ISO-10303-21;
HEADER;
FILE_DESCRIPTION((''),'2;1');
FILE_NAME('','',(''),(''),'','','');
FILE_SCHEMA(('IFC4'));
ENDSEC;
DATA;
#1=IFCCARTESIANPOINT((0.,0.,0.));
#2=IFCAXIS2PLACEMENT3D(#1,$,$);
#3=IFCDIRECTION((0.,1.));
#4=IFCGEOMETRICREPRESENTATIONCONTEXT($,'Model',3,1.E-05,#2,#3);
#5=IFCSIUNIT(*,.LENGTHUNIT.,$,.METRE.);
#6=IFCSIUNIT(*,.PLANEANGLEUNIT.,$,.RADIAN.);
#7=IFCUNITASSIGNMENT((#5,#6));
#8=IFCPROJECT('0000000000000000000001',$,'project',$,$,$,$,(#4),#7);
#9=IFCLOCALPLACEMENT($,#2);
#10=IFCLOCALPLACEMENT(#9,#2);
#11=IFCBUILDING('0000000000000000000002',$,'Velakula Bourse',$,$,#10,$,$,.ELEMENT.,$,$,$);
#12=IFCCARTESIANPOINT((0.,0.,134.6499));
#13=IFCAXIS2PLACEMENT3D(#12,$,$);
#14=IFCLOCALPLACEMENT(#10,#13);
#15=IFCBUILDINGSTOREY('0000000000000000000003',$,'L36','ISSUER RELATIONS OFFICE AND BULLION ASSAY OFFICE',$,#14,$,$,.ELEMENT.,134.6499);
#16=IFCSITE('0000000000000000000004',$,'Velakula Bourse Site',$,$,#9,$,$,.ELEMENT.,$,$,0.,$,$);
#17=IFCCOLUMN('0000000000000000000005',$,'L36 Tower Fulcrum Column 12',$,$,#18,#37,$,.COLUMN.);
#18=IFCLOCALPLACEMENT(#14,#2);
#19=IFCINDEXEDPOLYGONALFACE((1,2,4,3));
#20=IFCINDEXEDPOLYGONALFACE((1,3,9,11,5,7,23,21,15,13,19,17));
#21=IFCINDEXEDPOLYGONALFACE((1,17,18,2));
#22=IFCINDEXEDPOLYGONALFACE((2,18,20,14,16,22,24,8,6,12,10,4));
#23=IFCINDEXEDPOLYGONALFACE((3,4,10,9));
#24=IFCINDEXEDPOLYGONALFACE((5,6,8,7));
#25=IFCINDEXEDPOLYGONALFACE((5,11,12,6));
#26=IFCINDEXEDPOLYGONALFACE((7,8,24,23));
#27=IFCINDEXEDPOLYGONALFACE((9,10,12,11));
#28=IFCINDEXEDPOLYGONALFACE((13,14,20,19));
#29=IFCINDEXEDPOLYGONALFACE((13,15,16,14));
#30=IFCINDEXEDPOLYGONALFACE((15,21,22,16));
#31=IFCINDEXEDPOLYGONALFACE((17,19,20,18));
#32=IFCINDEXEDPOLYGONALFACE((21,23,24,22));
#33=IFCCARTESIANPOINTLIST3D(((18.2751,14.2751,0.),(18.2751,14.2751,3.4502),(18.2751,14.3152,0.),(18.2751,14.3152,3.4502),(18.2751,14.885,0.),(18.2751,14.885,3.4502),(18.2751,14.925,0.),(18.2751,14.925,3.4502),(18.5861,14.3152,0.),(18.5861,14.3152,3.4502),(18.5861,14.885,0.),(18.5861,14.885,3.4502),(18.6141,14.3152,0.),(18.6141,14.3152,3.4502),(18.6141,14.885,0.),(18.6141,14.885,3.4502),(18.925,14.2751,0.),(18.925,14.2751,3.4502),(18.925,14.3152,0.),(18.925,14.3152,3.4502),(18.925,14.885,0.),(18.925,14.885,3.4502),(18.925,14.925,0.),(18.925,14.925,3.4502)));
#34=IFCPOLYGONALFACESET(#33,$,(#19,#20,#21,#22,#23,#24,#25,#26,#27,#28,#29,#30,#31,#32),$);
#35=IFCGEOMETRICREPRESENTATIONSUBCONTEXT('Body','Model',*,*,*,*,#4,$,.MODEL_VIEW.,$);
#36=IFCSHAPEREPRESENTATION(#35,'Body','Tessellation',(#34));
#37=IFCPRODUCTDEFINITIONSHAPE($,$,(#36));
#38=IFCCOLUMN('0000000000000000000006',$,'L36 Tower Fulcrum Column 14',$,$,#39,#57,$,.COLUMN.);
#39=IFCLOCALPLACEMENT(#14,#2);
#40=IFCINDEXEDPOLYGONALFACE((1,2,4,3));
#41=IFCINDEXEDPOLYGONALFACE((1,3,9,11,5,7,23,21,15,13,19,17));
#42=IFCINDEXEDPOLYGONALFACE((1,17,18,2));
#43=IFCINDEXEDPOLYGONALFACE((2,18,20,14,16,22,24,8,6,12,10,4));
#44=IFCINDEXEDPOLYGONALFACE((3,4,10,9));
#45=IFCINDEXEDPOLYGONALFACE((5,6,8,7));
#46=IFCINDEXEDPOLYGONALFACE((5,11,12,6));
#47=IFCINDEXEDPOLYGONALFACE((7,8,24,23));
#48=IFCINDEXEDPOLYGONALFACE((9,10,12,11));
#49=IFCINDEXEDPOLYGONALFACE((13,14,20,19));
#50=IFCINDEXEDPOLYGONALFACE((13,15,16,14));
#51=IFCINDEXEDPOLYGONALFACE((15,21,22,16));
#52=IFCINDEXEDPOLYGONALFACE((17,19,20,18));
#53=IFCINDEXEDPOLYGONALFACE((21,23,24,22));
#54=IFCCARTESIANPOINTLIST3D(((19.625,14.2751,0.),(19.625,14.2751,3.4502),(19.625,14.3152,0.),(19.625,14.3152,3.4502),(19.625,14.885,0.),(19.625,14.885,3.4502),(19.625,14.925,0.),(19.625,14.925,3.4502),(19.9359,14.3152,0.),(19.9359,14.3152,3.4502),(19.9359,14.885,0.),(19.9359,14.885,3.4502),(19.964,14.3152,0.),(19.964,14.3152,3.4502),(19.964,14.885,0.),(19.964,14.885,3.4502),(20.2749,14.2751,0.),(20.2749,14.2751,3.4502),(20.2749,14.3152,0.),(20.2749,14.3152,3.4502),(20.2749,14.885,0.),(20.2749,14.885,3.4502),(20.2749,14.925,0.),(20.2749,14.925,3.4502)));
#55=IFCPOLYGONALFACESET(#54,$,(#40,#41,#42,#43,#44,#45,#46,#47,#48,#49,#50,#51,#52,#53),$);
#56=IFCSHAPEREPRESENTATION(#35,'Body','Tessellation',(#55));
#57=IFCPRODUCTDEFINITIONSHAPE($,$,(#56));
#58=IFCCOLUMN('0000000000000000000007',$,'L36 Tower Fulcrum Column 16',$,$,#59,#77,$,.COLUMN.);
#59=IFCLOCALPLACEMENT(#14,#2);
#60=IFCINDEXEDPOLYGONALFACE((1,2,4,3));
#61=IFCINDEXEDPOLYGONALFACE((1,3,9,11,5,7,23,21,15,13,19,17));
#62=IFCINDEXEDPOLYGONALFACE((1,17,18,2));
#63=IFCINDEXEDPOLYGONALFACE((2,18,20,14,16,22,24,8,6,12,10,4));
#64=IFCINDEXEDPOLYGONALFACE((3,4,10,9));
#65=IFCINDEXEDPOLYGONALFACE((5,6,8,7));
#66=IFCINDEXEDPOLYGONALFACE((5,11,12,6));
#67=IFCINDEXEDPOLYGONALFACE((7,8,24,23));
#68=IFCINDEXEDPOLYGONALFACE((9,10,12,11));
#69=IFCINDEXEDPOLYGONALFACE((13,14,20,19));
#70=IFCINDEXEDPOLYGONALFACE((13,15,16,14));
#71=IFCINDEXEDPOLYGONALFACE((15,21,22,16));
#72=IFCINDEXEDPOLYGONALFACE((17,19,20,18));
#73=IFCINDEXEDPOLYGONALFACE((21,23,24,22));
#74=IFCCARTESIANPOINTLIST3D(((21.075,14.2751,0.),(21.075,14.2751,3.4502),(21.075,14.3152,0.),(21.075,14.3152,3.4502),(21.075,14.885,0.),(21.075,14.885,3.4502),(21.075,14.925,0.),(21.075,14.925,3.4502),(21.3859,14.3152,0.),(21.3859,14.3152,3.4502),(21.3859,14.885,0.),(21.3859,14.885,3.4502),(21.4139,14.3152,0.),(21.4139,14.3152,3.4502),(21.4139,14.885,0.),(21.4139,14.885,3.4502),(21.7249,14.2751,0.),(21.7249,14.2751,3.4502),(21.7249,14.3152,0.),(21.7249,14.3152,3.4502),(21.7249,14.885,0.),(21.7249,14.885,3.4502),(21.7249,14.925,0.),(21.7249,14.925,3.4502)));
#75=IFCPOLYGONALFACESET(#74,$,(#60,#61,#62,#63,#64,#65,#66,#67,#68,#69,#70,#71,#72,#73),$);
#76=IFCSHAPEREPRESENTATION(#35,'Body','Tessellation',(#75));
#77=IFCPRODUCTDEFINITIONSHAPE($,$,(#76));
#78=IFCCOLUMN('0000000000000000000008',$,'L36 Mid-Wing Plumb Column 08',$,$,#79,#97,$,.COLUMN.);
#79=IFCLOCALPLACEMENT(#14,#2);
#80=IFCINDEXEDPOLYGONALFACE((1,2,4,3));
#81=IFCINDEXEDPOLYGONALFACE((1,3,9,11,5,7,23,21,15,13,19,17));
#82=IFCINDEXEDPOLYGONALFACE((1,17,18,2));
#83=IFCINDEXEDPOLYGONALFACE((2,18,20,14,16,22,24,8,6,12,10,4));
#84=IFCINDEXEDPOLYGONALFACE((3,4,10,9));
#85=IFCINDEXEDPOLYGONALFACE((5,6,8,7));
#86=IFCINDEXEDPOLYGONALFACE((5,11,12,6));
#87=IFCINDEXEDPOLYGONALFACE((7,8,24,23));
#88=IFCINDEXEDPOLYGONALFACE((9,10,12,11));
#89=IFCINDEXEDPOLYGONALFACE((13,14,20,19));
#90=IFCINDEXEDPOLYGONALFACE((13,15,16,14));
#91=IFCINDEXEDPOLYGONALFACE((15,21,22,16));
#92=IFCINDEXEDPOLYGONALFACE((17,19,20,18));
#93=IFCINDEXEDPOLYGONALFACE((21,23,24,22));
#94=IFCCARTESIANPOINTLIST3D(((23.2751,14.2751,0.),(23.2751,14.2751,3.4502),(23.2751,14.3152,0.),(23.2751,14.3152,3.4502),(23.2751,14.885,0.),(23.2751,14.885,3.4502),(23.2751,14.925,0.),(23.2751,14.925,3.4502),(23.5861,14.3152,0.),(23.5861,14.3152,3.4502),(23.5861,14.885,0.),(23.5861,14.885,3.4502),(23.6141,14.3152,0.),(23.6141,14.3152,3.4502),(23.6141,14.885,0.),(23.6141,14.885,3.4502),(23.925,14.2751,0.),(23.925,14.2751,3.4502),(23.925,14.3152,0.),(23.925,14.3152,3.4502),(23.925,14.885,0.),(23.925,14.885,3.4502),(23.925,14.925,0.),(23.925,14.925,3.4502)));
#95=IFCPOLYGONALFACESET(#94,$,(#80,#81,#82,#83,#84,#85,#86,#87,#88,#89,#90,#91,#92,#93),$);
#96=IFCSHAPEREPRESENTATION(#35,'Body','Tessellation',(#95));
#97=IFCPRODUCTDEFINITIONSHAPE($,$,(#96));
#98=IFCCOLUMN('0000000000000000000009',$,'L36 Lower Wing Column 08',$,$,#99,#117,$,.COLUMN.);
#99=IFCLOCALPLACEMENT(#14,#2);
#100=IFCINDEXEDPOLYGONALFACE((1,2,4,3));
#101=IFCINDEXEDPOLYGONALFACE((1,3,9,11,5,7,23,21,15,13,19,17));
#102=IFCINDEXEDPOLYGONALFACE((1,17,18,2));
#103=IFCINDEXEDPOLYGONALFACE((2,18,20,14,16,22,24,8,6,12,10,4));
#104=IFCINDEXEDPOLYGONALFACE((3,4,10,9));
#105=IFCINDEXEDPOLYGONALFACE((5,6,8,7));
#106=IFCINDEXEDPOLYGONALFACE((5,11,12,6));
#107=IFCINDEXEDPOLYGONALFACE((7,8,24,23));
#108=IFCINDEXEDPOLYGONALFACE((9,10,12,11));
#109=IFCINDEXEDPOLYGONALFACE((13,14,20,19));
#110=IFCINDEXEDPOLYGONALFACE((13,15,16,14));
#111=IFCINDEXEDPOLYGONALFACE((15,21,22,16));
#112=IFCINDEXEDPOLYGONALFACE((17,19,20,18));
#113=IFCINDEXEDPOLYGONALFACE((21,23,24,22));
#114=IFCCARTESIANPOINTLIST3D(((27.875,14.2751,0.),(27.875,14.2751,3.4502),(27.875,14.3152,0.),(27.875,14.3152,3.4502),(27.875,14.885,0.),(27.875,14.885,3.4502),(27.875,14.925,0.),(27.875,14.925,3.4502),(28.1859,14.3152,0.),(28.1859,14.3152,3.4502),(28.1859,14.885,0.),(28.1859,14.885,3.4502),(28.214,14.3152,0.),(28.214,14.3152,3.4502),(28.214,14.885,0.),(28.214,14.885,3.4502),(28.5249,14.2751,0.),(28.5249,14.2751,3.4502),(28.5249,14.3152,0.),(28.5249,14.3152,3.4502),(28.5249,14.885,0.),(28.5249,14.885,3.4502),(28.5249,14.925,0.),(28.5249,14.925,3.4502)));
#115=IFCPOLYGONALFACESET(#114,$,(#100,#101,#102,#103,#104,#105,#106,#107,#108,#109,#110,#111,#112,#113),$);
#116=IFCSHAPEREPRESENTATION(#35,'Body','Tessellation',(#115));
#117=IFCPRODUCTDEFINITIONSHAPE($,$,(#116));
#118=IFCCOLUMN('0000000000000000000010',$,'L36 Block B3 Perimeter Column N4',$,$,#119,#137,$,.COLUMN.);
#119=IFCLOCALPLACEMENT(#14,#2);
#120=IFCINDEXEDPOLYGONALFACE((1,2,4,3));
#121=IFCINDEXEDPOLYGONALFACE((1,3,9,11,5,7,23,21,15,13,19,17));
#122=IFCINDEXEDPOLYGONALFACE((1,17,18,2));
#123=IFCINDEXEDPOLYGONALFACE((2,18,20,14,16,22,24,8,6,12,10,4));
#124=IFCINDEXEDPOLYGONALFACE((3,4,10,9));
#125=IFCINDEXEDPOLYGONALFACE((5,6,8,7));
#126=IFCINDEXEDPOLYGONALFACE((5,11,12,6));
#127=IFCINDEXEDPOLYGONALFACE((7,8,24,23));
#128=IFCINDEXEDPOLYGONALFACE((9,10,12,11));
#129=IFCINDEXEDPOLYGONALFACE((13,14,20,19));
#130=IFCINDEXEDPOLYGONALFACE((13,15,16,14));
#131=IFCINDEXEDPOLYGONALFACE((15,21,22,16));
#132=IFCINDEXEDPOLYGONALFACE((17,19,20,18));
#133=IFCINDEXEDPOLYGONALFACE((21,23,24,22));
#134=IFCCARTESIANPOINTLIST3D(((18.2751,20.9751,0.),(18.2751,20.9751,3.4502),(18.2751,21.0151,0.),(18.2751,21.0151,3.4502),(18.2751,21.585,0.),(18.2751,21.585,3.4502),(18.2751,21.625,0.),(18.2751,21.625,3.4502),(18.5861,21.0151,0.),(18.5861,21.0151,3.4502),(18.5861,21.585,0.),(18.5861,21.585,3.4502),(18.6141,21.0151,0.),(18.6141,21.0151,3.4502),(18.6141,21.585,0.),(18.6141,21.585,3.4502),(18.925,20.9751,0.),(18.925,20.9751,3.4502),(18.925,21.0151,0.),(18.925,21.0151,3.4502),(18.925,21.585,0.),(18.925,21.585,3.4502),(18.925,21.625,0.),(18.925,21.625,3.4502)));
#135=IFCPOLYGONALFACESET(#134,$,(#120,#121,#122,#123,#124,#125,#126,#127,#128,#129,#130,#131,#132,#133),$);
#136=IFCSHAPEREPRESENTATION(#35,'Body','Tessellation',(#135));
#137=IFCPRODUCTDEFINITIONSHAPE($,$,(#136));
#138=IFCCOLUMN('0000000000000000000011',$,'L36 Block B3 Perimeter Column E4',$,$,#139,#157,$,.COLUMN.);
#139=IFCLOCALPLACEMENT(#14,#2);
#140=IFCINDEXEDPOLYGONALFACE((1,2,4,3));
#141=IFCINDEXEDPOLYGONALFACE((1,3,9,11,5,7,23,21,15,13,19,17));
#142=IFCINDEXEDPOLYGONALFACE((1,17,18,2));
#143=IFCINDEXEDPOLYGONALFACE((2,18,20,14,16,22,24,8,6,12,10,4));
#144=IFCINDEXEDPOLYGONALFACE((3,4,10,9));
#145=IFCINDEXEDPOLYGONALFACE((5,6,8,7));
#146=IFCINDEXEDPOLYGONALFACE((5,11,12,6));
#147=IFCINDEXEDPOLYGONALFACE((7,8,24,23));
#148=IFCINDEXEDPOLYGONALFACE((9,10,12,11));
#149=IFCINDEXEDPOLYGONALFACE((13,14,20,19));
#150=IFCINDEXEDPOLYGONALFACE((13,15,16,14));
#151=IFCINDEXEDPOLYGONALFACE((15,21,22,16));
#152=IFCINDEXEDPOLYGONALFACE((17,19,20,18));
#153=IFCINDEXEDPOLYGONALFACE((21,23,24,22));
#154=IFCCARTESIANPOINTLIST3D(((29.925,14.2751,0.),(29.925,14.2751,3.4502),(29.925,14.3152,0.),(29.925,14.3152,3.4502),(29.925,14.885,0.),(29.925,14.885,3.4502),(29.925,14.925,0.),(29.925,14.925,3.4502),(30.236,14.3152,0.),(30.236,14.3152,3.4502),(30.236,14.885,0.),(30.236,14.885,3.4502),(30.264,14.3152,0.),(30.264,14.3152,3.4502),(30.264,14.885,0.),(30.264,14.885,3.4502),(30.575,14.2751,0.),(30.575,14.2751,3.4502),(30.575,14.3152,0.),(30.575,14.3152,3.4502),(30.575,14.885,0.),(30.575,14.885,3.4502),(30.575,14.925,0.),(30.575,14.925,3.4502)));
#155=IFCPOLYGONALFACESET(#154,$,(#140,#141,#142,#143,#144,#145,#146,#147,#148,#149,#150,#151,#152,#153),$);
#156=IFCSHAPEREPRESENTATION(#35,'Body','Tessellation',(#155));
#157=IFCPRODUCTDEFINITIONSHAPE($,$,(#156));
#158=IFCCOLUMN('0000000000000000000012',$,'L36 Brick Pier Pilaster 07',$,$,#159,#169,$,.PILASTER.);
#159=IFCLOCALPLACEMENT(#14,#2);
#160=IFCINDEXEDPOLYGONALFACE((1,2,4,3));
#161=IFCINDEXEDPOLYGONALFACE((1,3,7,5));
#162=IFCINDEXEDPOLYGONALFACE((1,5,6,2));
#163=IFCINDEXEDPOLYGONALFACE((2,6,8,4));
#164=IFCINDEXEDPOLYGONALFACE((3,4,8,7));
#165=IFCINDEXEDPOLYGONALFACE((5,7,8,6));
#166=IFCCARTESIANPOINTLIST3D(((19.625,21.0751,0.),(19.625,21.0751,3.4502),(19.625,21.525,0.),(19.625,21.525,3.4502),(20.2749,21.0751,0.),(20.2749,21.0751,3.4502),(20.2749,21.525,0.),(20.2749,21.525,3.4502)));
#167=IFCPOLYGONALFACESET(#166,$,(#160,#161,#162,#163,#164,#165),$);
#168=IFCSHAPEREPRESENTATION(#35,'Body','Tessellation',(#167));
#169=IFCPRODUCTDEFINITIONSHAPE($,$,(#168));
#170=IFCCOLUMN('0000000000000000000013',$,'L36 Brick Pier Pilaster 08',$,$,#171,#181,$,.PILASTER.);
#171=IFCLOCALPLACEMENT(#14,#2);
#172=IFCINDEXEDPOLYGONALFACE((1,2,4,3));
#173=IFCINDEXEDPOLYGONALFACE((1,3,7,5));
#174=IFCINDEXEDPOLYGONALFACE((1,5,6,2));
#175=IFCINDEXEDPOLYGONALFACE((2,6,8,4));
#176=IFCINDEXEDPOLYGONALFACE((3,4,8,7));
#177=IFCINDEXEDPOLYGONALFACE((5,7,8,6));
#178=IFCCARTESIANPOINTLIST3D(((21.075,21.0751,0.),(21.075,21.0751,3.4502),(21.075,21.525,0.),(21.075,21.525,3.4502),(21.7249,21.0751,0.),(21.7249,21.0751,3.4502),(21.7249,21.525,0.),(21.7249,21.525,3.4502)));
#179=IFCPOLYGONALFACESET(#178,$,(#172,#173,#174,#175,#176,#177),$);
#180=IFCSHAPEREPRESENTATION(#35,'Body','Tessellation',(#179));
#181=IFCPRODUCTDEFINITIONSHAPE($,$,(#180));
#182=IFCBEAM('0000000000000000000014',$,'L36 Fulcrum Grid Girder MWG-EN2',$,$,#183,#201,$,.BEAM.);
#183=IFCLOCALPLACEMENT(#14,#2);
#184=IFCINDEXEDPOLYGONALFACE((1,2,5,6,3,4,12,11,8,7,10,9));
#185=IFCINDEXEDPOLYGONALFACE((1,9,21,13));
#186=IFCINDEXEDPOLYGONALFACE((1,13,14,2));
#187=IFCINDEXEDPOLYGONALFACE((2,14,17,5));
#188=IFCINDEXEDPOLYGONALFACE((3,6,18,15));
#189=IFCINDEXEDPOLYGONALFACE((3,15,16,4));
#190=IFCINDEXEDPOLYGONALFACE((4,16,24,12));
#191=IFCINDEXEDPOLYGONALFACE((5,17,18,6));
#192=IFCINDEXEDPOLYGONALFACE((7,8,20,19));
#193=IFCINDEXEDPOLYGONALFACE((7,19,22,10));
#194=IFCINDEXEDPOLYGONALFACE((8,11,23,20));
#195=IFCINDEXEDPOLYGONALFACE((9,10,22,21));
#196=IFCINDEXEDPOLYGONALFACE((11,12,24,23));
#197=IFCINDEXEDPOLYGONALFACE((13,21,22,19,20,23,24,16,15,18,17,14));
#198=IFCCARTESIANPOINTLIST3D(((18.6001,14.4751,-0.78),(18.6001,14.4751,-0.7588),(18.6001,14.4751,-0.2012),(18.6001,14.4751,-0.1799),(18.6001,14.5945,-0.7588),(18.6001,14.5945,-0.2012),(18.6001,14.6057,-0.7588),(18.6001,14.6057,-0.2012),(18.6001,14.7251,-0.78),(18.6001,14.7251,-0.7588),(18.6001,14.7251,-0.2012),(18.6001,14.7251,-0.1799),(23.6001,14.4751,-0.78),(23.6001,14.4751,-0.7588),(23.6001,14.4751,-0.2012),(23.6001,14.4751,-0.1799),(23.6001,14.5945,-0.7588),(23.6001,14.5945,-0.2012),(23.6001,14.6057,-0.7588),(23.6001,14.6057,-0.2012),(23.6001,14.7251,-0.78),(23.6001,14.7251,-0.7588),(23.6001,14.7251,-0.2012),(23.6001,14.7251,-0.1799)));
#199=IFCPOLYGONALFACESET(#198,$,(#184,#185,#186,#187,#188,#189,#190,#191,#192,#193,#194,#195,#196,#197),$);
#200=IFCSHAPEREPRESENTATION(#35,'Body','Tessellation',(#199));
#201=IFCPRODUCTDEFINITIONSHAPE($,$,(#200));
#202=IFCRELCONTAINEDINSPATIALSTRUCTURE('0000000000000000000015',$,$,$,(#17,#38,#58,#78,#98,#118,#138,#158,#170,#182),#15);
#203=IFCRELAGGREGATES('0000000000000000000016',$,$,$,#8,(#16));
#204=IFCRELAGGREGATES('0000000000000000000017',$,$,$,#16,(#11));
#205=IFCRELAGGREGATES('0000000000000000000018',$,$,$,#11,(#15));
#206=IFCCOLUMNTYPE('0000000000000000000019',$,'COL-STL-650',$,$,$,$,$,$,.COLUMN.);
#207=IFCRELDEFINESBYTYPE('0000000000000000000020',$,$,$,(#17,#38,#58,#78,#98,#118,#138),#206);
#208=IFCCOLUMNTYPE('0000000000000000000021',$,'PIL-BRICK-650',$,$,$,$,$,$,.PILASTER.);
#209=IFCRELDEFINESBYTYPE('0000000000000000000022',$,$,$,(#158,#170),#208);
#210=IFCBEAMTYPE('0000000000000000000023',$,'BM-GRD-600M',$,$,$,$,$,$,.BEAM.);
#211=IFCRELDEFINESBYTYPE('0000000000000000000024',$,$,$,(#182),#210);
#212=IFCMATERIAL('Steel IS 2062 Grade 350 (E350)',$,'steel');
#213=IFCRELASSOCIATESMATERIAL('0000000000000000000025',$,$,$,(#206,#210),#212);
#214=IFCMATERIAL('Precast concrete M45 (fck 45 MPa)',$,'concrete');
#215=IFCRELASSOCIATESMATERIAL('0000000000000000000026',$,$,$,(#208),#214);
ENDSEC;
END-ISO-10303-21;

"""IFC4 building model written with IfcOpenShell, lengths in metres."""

from ifc_helpers import new_model, si_unit, direction, frame, origin, origin_2d, place, context, subcontext, project, spatial, rectangle, i_section, extrude, material, material_profile, profile_set, type_object, element, save


model = new_model("IFC4")

# Units and contexts
model_context = context("Model", 3, precision=1e-05, world=origin(), true_north=direction((0.0, 1.0)))
body_context = subcontext(model_context, "Body", "Model", "MODEL_VIEW")
ifc_project = project(units=[si_unit("LENGTHUNIT", "METRE"), si_unit("PLANEANGLEUNIT", "RADIAN")], contexts=[model_context])

# Site, building, storey
site_placement = place(None, origin())
site = spatial("IfcSite", under=ifc_project, at=site_placement, Name="Velakula Bourse Site", CompositionType="ELEMENT", RefElevation=0.0)
building_placement = place(site_placement, origin())
building = spatial("IfcBuilding", under=site, at=building_placement, Name="Velakula Bourse", CompositionType="ELEMENT")
storey_placement = place(building_placement, frame((0.0, 0.0, 134.6499)))
storey = spatial("IfcBuildingStorey", under=building, at=storey_placement, Name="L36", Description="ISSUER RELATIONS OFFICE AND BULLION ASSAY OFFICE", CompositionType="ELEMENT", Elevation=134.6499)

# Columns
ifc_material_1 = material(Name="Steel IS 2062 Grade 350 (E350)", Category="steel")
ifc_material_profile_1 = material_profile(ifc_material_1, i_section(OverallWidth=0.6499, OverallDepth=0.6499, WebThickness=0.0281, FlangeThickness=0.04, at=origin_2d()), Name="Steel IS 2062 Grade 350 (E350)")
ifc_profile_set_1 = profile_set([ifc_material_profile_1], Name="Steel IS 2062 Grade 350 (E350)")
column_type_1 = type_object("IfcColumnType", Name="COL-STL-650", PredefinedType="COLUMN", material=ifc_profile_set_1)
for number, where, z_axis, x_axis, name in (
    (1, (18.6001, 14.6001, 0.0), (0.0, 0.0, 1.0), (1.0, 0.0, 0.0), "L36 Tower Fulcrum Column 12"),
    (2, (19.95, 14.6001, 0.0), (0.0, 0.0, 1.0), (1.0, 0.0, 0.0), "L36 Tower Fulcrum Column 14"),
    (3, (21.3999, 14.6001, 0.0), (0.0, 0.0, 1.0), (1.0, 0.0, 0.0), "L36 Tower Fulcrum Column 16"),
    (4, (23.6001, 14.6001, 0.0), (0.0, 0.0, 1.0), (1.0, 0.0, 0.0), "L36 Mid-Wing Plumb Column 08"),
    (5, (28.2, 14.6001, 0.0), (0.0, 0.0, 1.0), (1.0, 0.0, 0.0), "L36 Lower Wing Column 08"),
    (6, (18.6001, 21.3, 0.0), (0.0, 0.0, 1.0), (1.0, 0.0, 0.0), "L36 Block B3 Perimeter Column N4"),
    (7, (30.25, 14.6001, 0.0), (0.0, 0.0, 1.0), (1.0, 0.0, 0.0), "L36 Block B3 Perimeter Column E4"),
):
    element("IfcColumn", number, at=place(storey_placement, frame(where, z_axis=z_axis, x_axis=x_axis)), inside=storey, type_object=column_type_1, Name=name, PredefinedType="COLUMN", context=body_context, shape_type="SweptSolid", body=[
        extrude(i_section(OverallWidth=0.6499, OverallDepth=0.6499, WebThickness=0.0281, FlangeThickness=0.04, at=origin_2d()), origin(), (0.0, 0.0, 1.0), 3.4502),
    ])
ifc_material_2 = material(Name="Precast concrete M45 (fck 45 MPa)", Category="concrete")
ifc_material_profile_2 = material_profile(ifc_material_2, rectangle(XDim=0.6499, YDim=0.45, at=origin_2d()), Name="Precast concrete M45 (fck 45 MPa)")
ifc_profile_set_2 = profile_set([ifc_material_profile_2], Name="Precast concrete M45 (fck 45 MPa)")
column_type_2 = type_object("IfcColumnType", Name="PIL-BRICK-650", PredefinedType="PILASTER", material=ifc_profile_set_2)
for number, where, z_axis, x_axis, name in (
    (8, (19.95, 21.3, 0.0), (0.0, 0.0, 1.0), (1.0, 0.0, 0.0), "L36 Brick Pier Pilaster 07"),
    (9, (21.3999, 21.3, 0.0), (0.0, 0.0, 1.0), (1.0, 0.0, 0.0), "L36 Brick Pier Pilaster 08"),
):
    element("IfcColumn", number, at=place(storey_placement, frame(where, z_axis=z_axis, x_axis=x_axis)), inside=storey, type_object=column_type_2, Name=name, PredefinedType="PILASTER", context=body_context, shape_type="SweptSolid", body=[
        extrude(rectangle(XDim=0.6499, YDim=0.45, at=origin_2d()), origin(), (0.0, 0.0, 1.0), 3.4502),
    ])

# Beam
ifc_material_profile_3 = material_profile(ifc_material_1, i_section(OverallWidth=0.25, OverallDepth=0.6001, WebThickness=0.0112, FlangeThickness=0.0212, at=origin_2d()), Name="Steel IS 2062 Grade 350 (E350)")
ifc_profile_set_3 = profile_set([ifc_material_profile_3], Name="Steel IS 2062 Grade 350 (E350)")
beam_type_1 = type_object("IfcBeamType", Name="BM-GRD-600M", PredefinedType="BEAM", material=ifc_profile_set_3)
beam_1_placement = place(storey_placement, frame((18.6001, 14.6001, -0.48), z_axis=(1.0, 0.0, 0.0), x_axis=(0.0, 1.0, 0.0)))
element("IfcBeam", 10, at=beam_1_placement, inside=storey, type_object=beam_type_1, Name="L36 Fulcrum Grid Girder MWG-EN2", PredefinedType="BEAM", context=body_context, shape_type="SweptSolid", body=[
    extrude(i_section(OverallWidth=0.25, OverallDepth=0.6001, WebThickness=0.0112, FlangeThickness=0.0212, at=origin_2d()), origin(), (0.0, 0.0, 1.0), 5.0),
])

save(model, "model.ifc")
